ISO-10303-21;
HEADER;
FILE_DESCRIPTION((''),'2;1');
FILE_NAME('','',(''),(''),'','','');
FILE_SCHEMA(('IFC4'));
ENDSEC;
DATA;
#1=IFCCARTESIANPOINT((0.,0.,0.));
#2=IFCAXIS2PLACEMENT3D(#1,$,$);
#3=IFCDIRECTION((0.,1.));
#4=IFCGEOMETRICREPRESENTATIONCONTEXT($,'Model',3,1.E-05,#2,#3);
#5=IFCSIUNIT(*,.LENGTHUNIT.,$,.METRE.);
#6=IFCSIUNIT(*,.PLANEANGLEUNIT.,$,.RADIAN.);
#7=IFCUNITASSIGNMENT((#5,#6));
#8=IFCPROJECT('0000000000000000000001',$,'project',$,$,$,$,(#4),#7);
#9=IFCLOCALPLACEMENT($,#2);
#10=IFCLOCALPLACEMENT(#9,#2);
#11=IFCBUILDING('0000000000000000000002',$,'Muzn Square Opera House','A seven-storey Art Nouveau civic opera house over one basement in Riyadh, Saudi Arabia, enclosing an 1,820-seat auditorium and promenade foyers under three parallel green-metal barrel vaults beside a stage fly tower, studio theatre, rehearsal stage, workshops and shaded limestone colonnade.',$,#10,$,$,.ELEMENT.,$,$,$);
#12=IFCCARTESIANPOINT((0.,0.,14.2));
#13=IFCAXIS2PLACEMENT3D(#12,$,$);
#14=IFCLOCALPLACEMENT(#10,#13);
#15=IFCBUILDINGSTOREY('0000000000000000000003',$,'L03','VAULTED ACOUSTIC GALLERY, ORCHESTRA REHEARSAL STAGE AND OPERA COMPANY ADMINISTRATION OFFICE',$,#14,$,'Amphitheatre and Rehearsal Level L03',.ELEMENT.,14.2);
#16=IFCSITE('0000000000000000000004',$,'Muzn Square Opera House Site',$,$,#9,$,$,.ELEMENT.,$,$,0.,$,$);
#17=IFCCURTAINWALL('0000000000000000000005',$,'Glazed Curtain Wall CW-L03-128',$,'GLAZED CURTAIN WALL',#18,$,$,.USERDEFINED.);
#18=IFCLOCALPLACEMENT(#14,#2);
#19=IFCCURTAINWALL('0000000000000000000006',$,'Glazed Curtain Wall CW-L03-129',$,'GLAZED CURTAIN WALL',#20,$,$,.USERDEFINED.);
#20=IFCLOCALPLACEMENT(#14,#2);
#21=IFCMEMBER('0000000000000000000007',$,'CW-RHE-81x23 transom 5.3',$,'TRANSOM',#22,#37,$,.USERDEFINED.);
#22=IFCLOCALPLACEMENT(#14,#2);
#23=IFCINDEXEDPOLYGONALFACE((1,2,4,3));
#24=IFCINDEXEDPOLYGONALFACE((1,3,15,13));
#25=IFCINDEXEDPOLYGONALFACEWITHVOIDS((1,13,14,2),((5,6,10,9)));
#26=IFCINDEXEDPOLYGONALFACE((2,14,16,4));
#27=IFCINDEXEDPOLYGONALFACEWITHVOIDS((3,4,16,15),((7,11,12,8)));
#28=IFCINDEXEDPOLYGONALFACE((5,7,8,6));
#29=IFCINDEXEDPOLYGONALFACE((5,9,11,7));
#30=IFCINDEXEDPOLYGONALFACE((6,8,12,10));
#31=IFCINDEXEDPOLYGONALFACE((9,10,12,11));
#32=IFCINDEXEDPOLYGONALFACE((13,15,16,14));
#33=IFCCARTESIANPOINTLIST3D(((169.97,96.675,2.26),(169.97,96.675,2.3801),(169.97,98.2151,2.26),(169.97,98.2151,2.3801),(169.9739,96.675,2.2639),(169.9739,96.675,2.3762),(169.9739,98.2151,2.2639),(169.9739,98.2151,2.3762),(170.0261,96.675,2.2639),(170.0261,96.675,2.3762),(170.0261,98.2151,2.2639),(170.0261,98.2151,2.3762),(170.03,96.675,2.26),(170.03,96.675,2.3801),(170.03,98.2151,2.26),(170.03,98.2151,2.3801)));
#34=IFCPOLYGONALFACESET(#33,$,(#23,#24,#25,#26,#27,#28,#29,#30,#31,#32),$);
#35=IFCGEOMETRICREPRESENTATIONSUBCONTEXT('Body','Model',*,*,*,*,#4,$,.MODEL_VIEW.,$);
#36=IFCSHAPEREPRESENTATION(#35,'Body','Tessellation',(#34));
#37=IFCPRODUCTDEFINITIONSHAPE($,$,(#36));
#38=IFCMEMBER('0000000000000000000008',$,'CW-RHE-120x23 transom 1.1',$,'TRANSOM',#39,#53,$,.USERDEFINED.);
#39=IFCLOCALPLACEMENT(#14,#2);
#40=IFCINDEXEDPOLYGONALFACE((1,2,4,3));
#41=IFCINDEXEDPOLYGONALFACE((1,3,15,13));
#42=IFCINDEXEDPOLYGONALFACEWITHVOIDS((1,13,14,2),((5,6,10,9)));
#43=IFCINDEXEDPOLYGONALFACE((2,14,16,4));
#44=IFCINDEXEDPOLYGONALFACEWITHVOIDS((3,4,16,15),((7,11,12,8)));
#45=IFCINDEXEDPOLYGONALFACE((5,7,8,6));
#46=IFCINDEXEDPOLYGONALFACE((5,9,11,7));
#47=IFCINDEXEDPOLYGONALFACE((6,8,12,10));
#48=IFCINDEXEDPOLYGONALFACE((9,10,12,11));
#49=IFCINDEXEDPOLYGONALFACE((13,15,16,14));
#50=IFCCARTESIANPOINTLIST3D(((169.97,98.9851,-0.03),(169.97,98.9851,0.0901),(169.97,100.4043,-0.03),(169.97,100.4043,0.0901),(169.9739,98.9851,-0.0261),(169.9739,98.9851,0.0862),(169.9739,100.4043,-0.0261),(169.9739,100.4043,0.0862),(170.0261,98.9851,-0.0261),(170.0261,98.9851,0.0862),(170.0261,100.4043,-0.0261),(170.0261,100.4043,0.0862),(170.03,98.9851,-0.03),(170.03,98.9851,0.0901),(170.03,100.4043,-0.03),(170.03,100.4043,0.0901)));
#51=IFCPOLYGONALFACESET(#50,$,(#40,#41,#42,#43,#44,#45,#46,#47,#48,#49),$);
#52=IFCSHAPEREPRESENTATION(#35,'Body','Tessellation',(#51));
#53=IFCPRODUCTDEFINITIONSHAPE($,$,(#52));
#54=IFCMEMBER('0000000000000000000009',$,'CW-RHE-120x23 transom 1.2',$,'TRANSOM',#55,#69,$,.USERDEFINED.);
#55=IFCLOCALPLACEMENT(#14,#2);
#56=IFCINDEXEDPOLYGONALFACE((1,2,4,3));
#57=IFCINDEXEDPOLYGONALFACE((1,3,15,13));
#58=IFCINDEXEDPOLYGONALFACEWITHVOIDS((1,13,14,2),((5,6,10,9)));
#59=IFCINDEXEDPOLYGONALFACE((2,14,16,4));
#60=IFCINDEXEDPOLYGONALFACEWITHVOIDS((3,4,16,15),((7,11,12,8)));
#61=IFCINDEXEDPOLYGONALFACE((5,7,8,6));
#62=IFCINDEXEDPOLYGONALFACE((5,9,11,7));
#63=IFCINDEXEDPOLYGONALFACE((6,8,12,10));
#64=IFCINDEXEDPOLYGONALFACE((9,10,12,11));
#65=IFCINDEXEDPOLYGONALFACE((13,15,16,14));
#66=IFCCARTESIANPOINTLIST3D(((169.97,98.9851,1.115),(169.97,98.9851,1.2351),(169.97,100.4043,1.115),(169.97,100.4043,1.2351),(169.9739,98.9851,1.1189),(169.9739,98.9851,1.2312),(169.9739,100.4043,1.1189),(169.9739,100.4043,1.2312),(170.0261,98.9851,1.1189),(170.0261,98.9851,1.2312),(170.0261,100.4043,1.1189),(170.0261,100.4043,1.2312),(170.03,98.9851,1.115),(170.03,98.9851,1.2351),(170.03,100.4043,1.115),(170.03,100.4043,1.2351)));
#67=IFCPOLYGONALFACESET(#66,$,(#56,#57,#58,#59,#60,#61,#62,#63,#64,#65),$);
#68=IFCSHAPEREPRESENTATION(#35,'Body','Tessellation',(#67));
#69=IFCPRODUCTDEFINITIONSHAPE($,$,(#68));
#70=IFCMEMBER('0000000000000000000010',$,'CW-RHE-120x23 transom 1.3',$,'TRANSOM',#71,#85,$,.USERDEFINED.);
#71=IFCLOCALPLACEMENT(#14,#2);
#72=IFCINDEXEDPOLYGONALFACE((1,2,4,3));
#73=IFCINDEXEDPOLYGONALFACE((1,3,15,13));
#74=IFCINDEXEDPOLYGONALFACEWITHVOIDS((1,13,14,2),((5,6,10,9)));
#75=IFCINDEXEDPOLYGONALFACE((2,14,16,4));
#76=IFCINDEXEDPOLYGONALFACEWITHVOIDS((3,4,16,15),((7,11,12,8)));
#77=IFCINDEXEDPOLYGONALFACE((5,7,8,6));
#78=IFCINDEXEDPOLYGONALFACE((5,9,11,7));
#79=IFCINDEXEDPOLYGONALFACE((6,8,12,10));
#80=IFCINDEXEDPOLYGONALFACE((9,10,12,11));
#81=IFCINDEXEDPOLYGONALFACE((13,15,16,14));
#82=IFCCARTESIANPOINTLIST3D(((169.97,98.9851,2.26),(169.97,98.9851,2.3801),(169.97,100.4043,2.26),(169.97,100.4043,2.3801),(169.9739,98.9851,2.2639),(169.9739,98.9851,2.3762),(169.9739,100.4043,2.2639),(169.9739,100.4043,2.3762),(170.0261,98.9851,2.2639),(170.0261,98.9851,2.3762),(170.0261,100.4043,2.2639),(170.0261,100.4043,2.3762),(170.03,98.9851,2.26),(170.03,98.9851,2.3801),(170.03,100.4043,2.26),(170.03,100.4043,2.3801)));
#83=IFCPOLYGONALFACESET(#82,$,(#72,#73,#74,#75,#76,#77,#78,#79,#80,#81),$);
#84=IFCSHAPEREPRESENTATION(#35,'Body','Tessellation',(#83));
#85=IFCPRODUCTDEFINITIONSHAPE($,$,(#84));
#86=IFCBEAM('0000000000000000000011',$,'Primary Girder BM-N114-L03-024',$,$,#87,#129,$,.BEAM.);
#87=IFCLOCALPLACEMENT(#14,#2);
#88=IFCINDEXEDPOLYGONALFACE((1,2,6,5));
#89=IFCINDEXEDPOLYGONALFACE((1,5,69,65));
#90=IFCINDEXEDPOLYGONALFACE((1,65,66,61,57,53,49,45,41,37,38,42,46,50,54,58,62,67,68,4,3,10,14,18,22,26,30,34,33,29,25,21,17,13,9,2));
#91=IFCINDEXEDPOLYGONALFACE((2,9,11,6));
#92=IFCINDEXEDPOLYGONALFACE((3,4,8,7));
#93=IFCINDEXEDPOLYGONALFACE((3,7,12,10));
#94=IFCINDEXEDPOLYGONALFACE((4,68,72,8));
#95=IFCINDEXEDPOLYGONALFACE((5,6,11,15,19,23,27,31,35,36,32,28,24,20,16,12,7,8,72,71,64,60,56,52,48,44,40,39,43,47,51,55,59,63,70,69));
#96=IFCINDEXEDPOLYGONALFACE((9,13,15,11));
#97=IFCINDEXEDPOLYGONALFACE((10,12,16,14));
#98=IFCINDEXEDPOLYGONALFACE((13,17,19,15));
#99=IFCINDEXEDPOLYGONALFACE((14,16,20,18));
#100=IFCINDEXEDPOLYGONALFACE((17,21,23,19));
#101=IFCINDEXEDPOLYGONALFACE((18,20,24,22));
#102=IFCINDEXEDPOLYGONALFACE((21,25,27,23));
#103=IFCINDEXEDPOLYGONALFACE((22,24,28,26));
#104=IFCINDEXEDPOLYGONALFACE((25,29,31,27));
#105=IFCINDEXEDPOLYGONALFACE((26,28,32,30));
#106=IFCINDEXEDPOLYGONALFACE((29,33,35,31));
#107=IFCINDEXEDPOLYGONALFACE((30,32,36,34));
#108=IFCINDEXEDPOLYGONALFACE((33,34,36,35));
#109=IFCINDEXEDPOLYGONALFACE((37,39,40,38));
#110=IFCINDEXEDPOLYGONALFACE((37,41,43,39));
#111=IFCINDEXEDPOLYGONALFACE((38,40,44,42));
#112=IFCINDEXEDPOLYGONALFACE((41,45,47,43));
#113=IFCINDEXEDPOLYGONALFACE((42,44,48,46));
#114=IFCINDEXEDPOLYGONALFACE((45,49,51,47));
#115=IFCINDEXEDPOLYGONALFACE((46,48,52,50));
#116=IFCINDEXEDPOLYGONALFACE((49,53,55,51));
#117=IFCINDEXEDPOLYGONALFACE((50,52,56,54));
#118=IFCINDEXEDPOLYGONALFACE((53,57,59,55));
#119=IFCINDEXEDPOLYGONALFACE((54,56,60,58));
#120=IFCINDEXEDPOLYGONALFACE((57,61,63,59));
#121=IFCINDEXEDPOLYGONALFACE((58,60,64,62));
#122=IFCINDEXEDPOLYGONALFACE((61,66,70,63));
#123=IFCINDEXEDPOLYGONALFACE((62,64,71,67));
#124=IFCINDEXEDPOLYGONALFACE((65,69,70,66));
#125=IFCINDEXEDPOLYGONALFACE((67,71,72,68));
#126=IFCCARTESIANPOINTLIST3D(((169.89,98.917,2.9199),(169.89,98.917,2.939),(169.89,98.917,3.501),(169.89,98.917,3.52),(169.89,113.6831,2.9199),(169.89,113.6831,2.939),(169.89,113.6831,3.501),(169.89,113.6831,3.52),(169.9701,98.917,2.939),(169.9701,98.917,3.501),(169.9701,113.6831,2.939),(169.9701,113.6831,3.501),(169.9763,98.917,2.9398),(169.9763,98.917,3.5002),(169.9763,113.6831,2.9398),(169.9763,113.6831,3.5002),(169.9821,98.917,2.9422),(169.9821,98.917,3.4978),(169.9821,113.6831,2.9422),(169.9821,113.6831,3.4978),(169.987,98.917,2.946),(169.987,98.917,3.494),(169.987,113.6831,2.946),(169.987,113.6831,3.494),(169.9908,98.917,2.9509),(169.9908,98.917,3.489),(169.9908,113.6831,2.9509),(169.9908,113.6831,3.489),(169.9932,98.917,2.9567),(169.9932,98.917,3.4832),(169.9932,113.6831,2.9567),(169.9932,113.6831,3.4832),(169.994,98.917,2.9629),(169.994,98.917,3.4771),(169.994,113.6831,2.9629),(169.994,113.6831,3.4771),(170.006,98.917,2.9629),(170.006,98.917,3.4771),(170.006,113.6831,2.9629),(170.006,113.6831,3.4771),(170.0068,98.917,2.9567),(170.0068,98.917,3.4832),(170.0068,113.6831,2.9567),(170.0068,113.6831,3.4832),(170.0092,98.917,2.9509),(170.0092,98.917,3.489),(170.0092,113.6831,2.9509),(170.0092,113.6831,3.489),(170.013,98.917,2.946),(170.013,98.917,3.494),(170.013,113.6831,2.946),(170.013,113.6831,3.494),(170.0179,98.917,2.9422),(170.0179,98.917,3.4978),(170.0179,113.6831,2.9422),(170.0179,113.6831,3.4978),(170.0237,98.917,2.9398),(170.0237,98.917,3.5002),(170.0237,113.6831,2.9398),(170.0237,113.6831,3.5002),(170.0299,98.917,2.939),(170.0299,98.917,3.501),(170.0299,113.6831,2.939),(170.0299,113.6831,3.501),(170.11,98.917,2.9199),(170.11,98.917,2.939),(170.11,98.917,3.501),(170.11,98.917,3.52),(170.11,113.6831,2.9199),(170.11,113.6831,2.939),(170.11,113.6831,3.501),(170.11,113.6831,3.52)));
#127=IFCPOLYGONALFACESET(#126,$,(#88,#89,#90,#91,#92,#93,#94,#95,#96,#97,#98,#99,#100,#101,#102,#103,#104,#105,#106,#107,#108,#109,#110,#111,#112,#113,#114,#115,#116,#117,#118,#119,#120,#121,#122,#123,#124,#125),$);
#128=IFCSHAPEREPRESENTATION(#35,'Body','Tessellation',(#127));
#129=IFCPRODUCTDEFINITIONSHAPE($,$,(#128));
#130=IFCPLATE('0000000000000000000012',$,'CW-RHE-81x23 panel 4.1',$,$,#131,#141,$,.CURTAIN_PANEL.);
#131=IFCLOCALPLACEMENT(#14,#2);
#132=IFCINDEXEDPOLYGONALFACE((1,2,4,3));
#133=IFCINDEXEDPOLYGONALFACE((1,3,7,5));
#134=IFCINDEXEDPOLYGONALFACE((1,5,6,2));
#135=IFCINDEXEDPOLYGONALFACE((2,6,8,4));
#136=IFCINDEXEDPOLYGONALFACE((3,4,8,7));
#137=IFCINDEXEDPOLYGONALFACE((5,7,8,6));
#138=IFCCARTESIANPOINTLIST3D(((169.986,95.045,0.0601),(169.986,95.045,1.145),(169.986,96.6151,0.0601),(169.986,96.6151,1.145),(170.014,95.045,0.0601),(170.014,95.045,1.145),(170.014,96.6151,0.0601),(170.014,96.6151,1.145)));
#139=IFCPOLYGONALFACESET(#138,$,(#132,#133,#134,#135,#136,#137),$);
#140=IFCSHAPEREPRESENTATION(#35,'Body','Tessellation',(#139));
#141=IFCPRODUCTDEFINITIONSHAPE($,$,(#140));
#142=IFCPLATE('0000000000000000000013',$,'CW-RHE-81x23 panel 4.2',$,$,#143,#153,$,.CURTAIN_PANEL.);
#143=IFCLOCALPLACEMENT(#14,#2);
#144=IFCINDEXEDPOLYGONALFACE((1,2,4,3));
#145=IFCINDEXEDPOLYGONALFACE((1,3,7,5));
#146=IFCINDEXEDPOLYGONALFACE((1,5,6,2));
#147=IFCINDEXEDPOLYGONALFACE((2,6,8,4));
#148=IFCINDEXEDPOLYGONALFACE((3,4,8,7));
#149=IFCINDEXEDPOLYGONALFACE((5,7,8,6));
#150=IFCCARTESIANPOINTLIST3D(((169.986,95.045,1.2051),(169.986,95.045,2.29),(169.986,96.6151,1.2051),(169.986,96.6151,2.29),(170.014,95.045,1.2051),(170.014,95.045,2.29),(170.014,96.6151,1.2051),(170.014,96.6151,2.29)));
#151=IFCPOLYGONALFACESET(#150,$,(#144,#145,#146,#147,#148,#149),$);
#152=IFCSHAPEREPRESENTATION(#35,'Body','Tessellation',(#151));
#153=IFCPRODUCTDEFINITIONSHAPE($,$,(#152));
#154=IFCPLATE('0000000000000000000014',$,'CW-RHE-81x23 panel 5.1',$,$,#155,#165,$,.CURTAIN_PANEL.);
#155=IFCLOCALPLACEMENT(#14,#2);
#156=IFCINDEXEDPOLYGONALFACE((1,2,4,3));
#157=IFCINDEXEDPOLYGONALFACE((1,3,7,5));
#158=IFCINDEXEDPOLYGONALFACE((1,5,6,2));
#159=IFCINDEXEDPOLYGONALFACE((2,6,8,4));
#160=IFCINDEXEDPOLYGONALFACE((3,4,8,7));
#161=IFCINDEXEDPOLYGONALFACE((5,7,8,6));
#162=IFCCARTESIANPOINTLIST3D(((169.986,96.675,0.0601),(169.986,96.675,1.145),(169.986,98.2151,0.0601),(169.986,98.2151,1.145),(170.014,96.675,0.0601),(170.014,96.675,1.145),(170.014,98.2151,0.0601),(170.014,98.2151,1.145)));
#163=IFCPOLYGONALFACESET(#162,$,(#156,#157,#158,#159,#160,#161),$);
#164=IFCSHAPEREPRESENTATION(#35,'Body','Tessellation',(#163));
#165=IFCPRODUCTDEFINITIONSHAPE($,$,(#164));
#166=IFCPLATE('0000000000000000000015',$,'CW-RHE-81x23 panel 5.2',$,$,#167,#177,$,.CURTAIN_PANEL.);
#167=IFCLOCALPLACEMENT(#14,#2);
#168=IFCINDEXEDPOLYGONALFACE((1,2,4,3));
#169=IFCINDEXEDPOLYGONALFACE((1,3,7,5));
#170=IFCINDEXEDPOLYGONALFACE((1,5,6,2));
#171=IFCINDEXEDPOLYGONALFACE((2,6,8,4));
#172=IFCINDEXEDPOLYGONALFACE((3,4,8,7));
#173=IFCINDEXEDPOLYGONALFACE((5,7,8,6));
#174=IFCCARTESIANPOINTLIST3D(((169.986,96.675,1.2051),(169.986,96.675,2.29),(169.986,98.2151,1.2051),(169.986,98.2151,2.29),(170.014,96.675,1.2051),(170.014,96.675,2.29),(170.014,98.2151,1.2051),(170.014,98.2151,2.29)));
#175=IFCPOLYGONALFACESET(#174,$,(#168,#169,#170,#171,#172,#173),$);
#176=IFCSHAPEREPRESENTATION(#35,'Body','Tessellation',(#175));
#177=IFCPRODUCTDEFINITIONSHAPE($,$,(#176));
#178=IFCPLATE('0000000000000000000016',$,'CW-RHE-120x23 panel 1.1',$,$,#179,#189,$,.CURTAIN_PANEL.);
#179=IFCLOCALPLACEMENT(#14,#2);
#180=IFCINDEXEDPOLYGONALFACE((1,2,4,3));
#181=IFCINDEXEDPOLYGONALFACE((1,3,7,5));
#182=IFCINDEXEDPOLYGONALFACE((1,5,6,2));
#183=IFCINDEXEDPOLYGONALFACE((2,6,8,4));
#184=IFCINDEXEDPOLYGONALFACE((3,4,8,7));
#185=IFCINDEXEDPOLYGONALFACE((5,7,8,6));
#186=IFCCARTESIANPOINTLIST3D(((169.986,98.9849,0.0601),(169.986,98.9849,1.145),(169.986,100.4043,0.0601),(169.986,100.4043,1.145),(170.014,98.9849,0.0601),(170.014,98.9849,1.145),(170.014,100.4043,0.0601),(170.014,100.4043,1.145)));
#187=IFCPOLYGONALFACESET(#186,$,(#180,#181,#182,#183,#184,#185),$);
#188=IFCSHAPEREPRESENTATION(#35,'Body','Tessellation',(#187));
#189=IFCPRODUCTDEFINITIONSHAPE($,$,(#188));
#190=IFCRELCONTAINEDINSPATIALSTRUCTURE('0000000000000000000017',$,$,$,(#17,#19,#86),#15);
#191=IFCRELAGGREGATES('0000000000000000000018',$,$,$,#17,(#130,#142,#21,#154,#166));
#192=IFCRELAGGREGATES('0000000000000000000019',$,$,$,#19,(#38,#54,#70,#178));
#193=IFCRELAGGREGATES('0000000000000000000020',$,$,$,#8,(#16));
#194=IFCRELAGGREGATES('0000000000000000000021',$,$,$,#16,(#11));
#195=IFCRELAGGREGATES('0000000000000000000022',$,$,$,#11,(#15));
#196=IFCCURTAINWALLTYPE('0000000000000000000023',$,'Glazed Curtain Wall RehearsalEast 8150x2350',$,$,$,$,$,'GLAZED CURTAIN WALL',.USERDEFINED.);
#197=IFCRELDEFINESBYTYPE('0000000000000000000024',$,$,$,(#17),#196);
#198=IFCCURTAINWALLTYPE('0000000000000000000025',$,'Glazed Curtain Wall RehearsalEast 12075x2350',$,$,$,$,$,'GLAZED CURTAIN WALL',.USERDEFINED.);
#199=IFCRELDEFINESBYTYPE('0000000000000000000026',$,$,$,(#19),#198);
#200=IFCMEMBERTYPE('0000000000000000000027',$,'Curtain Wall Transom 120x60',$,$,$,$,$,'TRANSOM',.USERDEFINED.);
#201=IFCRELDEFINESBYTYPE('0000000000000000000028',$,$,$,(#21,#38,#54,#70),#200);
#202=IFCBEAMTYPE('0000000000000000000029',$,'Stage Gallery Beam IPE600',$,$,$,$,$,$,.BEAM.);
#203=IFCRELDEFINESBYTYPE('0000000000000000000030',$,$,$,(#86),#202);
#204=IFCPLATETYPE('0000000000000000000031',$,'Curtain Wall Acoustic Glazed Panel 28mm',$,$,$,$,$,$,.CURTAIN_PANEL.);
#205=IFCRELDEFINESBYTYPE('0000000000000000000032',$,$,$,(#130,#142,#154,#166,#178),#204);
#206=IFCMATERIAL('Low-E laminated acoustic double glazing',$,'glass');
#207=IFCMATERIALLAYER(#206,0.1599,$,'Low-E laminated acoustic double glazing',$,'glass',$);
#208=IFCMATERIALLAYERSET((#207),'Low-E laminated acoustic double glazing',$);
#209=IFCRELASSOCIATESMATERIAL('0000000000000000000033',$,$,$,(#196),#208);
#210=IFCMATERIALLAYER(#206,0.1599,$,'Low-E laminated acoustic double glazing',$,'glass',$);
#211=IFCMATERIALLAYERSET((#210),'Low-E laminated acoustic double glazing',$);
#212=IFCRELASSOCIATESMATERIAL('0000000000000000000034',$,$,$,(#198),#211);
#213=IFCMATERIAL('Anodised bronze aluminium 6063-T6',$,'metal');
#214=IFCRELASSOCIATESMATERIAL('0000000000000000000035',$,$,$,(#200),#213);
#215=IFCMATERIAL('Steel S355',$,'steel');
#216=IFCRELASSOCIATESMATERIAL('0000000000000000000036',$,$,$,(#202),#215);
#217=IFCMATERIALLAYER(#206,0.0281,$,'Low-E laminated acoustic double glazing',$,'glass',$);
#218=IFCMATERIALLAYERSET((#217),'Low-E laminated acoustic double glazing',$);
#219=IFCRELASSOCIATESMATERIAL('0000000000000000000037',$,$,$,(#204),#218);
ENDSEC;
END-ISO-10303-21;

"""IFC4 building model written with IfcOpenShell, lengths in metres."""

from ifc_helpers import new_model, si_unit, direction, frame, origin, origin_2d, place, context, subcontext, project, spatial, rectangle, hollow_rectangle, i_section, extrude, material, layer, layer_set, material_profile, profile_set, type_object, element, aggregate, save


model = new_model("IFC4")

# Units and contexts
model_context = context("Model", 3, precision=1e-05, world=origin(), true_north=direction((0.0, 1.0)))
body_context = subcontext(model_context, "Body", "Model", "MODEL_VIEW")
ifc_project = project(units=[si_unit("LENGTHUNIT", "METRE"), si_unit("PLANEANGLEUNIT", "RADIAN")], contexts=[model_context])

# Site, building, storey
site_placement = place(None, origin())
site = spatial("IfcSite", under=ifc_project, at=site_placement, Name="Muzn Square Opera House Site", CompositionType="ELEMENT", RefElevation=0.0)
building_placement = place(site_placement, origin())
building = spatial("IfcBuilding", under=site, at=building_placement, Name="Muzn Square Opera House", Description="A seven-storey Art Nouveau civic opera house over one basement in Riyadh, Saudi Arabia, enclosing an 1,820-seat auditorium and promenade foyers under three parallel green-metal barrel vaults beside a stage fly tower, studio theatre, rehearsal stage, workshops and shaded limestone colonnade.", CompositionType="ELEMENT")
storey_placement = place(building_placement, frame((0.0, 0.0, 14.2)))
storey = spatial("IfcBuildingStorey", under=building, at=storey_placement, Name="L03", Description="VAULTED ACOUSTIC GALLERY, ORCHESTRA REHEARSAL STAGE AND OPERA COMPANY ADMINISTRATION OFFICE", LongName="Amphitheatre and Rehearsal Level L03", CompositionType="ELEMENT", Elevation=14.2)

# Curtain walls
ifc_material_1 = material(Name="Low-E laminated acoustic double glazing", Category="glass")
ifc_layer_1 = layer(ifc_material_1, 0.1599, Name="Low-E laminated acoustic double glazing", Category="glass")
ifc_layer_set_1 = layer_set([ifc_layer_1], Name="Low-E laminated acoustic double glazing")
curtain_wall_type_1 = type_object("IfcCurtainWallType", Name="Glazed Curtain Wall RehearsalEast 8150x2350", ElementType="GLAZED CURTAIN WALL", PredefinedType="USERDEFINED", material=ifc_layer_set_1)
curtain_wall_1_placement = place(storey_placement, origin())
curtain_wall_1 = element("IfcCurtainWall", 1, at=curtain_wall_1_placement, inside=storey, type_object=curtain_wall_type_1, Name="Glazed Curtain Wall CW-L03-128", ObjectType="GLAZED CURTAIN WALL", PredefinedType="USERDEFINED")
ifc_material_2 = material(Name="Anodised bronze aluminium 6063-T6", Category="metal")
ifc_layer_2 = layer(ifc_material_1, 0.1599, Name="Low-E laminated acoustic double glazing", Category="glass")
ifc_layer_set_2 = layer_set([ifc_layer_2], Name="Low-E laminated acoustic double glazing")
curtain_wall_type_2 = type_object("IfcCurtainWallType", Name="Glazed Curtain Wall RehearsalEast 12075x2350", ElementType="GLAZED CURTAIN WALL", PredefinedType="USERDEFINED", material=ifc_layer_set_2)
curtain_wall_2_placement = place(storey_placement, origin())
curtain_wall_2 = element("IfcCurtainWall", 2, at=curtain_wall_2_placement, inside=storey, type_object=curtain_wall_type_2, Name="Glazed Curtain Wall CW-L03-129", ObjectType="GLAZED CURTAIN WALL", PredefinedType="USERDEFINED")

# Members
ifc_material_profile_1 = material_profile(ifc_material_2, hollow_rectangle(XDim=0.0601, YDim=0.1201, WallThickness=0.0039, at=origin_2d()), Name="ALU 120x60x4", Category="metal")
ifc_profile_set_1 = profile_set([ifc_material_profile_1], Name="Anodised bronze aluminium 6063-T6")
member_type_1 = type_object("IfcMemberType", Name="Curtain Wall Transom 120x60", ElementType="TRANSOM", PredefinedType="USERDEFINED", material=ifc_profile_set_1)
member_1_placement = place(storey_placement, frame((170.0, 96.675, 2.3201), z_axis=(0.0, 1.0, 0.0), x_axis=(-1.0, 0.0, 0.0)))
member_1 = element("IfcMember", 3, at=member_1_placement, type_object=member_type_1, Name="CW-RHE-81x23 transom 5.3", ObjectType="TRANSOM", PredefinedType="USERDEFINED", context=body_context, shape_type="SweptSolid", body=[
    extrude(hollow_rectangle(XDim=0.0601, YDim=0.1201, WallThickness=0.0039, at=origin_2d()), origin(), (0.0, 0.0, 1.0), 1.54),
])
member_2_placement = place(storey_placement, frame((170.0, 98.9851, 0.03), z_axis=(0.0, 1.0, 0.0), x_axis=(-1.0, 0.0, 0.0)))
member_2 = element("IfcMember", 4, at=member_2_placement, type_object=member_type_1, Name="CW-RHE-120x23 transom 1.1", ObjectType="TRANSOM", PredefinedType="USERDEFINED", context=body_context, shape_type="SweptSolid", body=[
    extrude(hollow_rectangle(XDim=0.0601, YDim=0.1201, WallThickness=0.0039, at=origin_2d()), origin(), (0.0, 0.0, 1.0), 1.4192),
])
member_3_placement = place(storey_placement, frame((170.0, 98.9851, 1.175), z_axis=(0.0, 1.0, 0.0), x_axis=(-1.0, 0.0, 0.0)))
member_3 = element("IfcMember", 5, at=member_3_placement, type_object=member_type_1, Name="CW-RHE-120x23 transom 1.2", ObjectType="TRANSOM", PredefinedType="USERDEFINED", context=body_context, shape_type="SweptSolid", body=[
    extrude(hollow_rectangle(XDim=0.0601, YDim=0.1201, WallThickness=0.0039, at=origin_2d()), origin(), (0.0, 0.0, 1.0), 1.4192),
])
member_4_placement = place(storey_placement, frame((170.0, 98.9851, 2.3201), z_axis=(0.0, 1.0, 0.0), x_axis=(-1.0, 0.0, 0.0)))
member_4 = element("IfcMember", 6, at=member_4_placement, type_object=member_type_1, Name="CW-RHE-120x23 transom 1.3", ObjectType="TRANSOM", PredefinedType="USERDEFINED", context=body_context, shape_type="SweptSolid", body=[
    extrude(hollow_rectangle(XDim=0.0601, YDim=0.1201, WallThickness=0.0039, at=origin_2d()), origin(), (0.0, 0.0, 1.0), 1.4192),
])

# Beam
ifc_material_3 = material(Name="Steel S355", Category="steel")
ifc_material_profile_2 = material_profile(ifc_material_3, i_section(OverallWidth=0.22, OverallDepth=0.6001, WebThickness=0.012, FlangeThickness=0.019, FilletRadius=0.0239, at=origin_2d()), Name="IPE 600", Category="steel")
ifc_profile_set_2 = profile_set([ifc_material_profile_2], Name="Steel S355")
beam_type = type_object("IfcBeamType", Name="Stage Gallery Beam IPE600", PredefinedType="BEAM", material=ifc_profile_set_2)
beam_placement = place(storey_placement, frame((170.0, 98.917, 3.22), z_axis=(0.0, 1.0, 0.0), x_axis=(-1.0, 0.0, 0.0)))
element("IfcBeam", 7, at=beam_placement, inside=storey, type_object=beam_type, Name="Primary Girder BM-N114-L03-024", PredefinedType="BEAM", context=body_context, shape_type="SweptSolid", body=[
    extrude(i_section(OverallWidth=0.22, OverallDepth=0.6001, WebThickness=0.012, FlangeThickness=0.019, FilletRadius=0.0239, at=origin_2d()), origin(), (0.0, 0.0, 1.0), 14.7661),
])

# Plates
ifc_layer_3 = layer(ifc_material_1, 0.0281, Name="Low-E laminated acoustic double glazing", Category="glass")
ifc_layer_set_3 = layer_set([ifc_layer_3], Name="Low-E laminated acoustic double glazing")
plate_type = type_object("IfcPlateType", Name="Curtain Wall Acoustic Glazed Panel 28mm", PredefinedType="CURTAIN_PANEL", material=ifc_layer_set_3)
plate_1_placement = place(storey_placement, frame((170.0, 95.8301, 0.0601), z_axis=(0.0, 0.0, 1.0), x_axis=(0.0, 1.0, 0.0)))
plate_1 = element("IfcPlate", 8, at=plate_1_placement, type_object=plate_type, Name="CW-RHE-81x23 panel 4.1", PredefinedType="CURTAIN_PANEL", context=body_context, shape_type="SweptSolid", body=[
    extrude(rectangle(XDim=1.5701, YDim=0.0281, at=origin_2d()), origin(), (0.0, 0.0, 1.0), 1.085),
])
plate_2_placement = place(storey_placement, frame((170.0, 95.8301, 1.2051), z_axis=(0.0, 0.0, 1.0), x_axis=(0.0, 1.0, 0.0)))
plate_2 = element("IfcPlate", 9, at=plate_2_placement, type_object=plate_type, Name="CW-RHE-81x23 panel 4.2", PredefinedType="CURTAIN_PANEL", context=body_context, shape_type="SweptSolid", body=[
    extrude(rectangle(XDim=1.5701, YDim=0.0281, at=origin_2d()), origin(), (0.0, 0.0, 1.0), 1.085),
])
plate_3_placement = place(storey_placement, frame((170.0, 97.4451, 0.0601), z_axis=(0.0, 0.0, 1.0), x_axis=(0.0, 1.0, 0.0)))
plate_3 = element("IfcPlate", 10, at=plate_3_placement, type_object=plate_type, Name="CW-RHE-81x23 panel 5.1", PredefinedType="CURTAIN_PANEL", context=body_context, shape_type="SweptSolid", body=[
    extrude(rectangle(XDim=1.54, YDim=0.0281, at=origin_2d()), origin(), (0.0, 0.0, 1.0), 1.085),
])
plate_4_placement = place(storey_placement, frame((170.0, 97.4451, 1.2051), z_axis=(0.0, 0.0, 1.0), x_axis=(0.0, 1.0, 0.0)))
plate_4 = element("IfcPlate", 11, at=plate_4_placement, type_object=plate_type, Name="CW-RHE-81x23 panel 5.2", PredefinedType="CURTAIN_PANEL", context=body_context, shape_type="SweptSolid", body=[
    extrude(rectangle(XDim=1.54, YDim=0.0281, at=origin_2d()), origin(), (0.0, 0.0, 1.0), 1.085),
])
aggregate(curtain_wall_1, [plate_1, plate_2, member_1, plate_3, plate_4])
plate_5_placement = place(storey_placement, frame((170.0, 99.6946, 0.0601), z_axis=(0.0, 0.0, 1.0), x_axis=(0.0, 1.0, 0.0)))
plate_5 = element("IfcPlate", 12, at=plate_5_placement, type_object=plate_type, Name="CW-RHE-120x23 panel 1.1", PredefinedType="CURTAIN_PANEL", context=body_context, shape_type="SweptSolid", body=[
    extrude(rectangle(XDim=1.4194, YDim=0.0281, at=origin_2d()), origin(), (0.0, 0.0, 1.0), 1.085),
])
aggregate(curtain_wall_2, [member_2, member_3, member_4, plate_5])

save(model, "model.ifc")
